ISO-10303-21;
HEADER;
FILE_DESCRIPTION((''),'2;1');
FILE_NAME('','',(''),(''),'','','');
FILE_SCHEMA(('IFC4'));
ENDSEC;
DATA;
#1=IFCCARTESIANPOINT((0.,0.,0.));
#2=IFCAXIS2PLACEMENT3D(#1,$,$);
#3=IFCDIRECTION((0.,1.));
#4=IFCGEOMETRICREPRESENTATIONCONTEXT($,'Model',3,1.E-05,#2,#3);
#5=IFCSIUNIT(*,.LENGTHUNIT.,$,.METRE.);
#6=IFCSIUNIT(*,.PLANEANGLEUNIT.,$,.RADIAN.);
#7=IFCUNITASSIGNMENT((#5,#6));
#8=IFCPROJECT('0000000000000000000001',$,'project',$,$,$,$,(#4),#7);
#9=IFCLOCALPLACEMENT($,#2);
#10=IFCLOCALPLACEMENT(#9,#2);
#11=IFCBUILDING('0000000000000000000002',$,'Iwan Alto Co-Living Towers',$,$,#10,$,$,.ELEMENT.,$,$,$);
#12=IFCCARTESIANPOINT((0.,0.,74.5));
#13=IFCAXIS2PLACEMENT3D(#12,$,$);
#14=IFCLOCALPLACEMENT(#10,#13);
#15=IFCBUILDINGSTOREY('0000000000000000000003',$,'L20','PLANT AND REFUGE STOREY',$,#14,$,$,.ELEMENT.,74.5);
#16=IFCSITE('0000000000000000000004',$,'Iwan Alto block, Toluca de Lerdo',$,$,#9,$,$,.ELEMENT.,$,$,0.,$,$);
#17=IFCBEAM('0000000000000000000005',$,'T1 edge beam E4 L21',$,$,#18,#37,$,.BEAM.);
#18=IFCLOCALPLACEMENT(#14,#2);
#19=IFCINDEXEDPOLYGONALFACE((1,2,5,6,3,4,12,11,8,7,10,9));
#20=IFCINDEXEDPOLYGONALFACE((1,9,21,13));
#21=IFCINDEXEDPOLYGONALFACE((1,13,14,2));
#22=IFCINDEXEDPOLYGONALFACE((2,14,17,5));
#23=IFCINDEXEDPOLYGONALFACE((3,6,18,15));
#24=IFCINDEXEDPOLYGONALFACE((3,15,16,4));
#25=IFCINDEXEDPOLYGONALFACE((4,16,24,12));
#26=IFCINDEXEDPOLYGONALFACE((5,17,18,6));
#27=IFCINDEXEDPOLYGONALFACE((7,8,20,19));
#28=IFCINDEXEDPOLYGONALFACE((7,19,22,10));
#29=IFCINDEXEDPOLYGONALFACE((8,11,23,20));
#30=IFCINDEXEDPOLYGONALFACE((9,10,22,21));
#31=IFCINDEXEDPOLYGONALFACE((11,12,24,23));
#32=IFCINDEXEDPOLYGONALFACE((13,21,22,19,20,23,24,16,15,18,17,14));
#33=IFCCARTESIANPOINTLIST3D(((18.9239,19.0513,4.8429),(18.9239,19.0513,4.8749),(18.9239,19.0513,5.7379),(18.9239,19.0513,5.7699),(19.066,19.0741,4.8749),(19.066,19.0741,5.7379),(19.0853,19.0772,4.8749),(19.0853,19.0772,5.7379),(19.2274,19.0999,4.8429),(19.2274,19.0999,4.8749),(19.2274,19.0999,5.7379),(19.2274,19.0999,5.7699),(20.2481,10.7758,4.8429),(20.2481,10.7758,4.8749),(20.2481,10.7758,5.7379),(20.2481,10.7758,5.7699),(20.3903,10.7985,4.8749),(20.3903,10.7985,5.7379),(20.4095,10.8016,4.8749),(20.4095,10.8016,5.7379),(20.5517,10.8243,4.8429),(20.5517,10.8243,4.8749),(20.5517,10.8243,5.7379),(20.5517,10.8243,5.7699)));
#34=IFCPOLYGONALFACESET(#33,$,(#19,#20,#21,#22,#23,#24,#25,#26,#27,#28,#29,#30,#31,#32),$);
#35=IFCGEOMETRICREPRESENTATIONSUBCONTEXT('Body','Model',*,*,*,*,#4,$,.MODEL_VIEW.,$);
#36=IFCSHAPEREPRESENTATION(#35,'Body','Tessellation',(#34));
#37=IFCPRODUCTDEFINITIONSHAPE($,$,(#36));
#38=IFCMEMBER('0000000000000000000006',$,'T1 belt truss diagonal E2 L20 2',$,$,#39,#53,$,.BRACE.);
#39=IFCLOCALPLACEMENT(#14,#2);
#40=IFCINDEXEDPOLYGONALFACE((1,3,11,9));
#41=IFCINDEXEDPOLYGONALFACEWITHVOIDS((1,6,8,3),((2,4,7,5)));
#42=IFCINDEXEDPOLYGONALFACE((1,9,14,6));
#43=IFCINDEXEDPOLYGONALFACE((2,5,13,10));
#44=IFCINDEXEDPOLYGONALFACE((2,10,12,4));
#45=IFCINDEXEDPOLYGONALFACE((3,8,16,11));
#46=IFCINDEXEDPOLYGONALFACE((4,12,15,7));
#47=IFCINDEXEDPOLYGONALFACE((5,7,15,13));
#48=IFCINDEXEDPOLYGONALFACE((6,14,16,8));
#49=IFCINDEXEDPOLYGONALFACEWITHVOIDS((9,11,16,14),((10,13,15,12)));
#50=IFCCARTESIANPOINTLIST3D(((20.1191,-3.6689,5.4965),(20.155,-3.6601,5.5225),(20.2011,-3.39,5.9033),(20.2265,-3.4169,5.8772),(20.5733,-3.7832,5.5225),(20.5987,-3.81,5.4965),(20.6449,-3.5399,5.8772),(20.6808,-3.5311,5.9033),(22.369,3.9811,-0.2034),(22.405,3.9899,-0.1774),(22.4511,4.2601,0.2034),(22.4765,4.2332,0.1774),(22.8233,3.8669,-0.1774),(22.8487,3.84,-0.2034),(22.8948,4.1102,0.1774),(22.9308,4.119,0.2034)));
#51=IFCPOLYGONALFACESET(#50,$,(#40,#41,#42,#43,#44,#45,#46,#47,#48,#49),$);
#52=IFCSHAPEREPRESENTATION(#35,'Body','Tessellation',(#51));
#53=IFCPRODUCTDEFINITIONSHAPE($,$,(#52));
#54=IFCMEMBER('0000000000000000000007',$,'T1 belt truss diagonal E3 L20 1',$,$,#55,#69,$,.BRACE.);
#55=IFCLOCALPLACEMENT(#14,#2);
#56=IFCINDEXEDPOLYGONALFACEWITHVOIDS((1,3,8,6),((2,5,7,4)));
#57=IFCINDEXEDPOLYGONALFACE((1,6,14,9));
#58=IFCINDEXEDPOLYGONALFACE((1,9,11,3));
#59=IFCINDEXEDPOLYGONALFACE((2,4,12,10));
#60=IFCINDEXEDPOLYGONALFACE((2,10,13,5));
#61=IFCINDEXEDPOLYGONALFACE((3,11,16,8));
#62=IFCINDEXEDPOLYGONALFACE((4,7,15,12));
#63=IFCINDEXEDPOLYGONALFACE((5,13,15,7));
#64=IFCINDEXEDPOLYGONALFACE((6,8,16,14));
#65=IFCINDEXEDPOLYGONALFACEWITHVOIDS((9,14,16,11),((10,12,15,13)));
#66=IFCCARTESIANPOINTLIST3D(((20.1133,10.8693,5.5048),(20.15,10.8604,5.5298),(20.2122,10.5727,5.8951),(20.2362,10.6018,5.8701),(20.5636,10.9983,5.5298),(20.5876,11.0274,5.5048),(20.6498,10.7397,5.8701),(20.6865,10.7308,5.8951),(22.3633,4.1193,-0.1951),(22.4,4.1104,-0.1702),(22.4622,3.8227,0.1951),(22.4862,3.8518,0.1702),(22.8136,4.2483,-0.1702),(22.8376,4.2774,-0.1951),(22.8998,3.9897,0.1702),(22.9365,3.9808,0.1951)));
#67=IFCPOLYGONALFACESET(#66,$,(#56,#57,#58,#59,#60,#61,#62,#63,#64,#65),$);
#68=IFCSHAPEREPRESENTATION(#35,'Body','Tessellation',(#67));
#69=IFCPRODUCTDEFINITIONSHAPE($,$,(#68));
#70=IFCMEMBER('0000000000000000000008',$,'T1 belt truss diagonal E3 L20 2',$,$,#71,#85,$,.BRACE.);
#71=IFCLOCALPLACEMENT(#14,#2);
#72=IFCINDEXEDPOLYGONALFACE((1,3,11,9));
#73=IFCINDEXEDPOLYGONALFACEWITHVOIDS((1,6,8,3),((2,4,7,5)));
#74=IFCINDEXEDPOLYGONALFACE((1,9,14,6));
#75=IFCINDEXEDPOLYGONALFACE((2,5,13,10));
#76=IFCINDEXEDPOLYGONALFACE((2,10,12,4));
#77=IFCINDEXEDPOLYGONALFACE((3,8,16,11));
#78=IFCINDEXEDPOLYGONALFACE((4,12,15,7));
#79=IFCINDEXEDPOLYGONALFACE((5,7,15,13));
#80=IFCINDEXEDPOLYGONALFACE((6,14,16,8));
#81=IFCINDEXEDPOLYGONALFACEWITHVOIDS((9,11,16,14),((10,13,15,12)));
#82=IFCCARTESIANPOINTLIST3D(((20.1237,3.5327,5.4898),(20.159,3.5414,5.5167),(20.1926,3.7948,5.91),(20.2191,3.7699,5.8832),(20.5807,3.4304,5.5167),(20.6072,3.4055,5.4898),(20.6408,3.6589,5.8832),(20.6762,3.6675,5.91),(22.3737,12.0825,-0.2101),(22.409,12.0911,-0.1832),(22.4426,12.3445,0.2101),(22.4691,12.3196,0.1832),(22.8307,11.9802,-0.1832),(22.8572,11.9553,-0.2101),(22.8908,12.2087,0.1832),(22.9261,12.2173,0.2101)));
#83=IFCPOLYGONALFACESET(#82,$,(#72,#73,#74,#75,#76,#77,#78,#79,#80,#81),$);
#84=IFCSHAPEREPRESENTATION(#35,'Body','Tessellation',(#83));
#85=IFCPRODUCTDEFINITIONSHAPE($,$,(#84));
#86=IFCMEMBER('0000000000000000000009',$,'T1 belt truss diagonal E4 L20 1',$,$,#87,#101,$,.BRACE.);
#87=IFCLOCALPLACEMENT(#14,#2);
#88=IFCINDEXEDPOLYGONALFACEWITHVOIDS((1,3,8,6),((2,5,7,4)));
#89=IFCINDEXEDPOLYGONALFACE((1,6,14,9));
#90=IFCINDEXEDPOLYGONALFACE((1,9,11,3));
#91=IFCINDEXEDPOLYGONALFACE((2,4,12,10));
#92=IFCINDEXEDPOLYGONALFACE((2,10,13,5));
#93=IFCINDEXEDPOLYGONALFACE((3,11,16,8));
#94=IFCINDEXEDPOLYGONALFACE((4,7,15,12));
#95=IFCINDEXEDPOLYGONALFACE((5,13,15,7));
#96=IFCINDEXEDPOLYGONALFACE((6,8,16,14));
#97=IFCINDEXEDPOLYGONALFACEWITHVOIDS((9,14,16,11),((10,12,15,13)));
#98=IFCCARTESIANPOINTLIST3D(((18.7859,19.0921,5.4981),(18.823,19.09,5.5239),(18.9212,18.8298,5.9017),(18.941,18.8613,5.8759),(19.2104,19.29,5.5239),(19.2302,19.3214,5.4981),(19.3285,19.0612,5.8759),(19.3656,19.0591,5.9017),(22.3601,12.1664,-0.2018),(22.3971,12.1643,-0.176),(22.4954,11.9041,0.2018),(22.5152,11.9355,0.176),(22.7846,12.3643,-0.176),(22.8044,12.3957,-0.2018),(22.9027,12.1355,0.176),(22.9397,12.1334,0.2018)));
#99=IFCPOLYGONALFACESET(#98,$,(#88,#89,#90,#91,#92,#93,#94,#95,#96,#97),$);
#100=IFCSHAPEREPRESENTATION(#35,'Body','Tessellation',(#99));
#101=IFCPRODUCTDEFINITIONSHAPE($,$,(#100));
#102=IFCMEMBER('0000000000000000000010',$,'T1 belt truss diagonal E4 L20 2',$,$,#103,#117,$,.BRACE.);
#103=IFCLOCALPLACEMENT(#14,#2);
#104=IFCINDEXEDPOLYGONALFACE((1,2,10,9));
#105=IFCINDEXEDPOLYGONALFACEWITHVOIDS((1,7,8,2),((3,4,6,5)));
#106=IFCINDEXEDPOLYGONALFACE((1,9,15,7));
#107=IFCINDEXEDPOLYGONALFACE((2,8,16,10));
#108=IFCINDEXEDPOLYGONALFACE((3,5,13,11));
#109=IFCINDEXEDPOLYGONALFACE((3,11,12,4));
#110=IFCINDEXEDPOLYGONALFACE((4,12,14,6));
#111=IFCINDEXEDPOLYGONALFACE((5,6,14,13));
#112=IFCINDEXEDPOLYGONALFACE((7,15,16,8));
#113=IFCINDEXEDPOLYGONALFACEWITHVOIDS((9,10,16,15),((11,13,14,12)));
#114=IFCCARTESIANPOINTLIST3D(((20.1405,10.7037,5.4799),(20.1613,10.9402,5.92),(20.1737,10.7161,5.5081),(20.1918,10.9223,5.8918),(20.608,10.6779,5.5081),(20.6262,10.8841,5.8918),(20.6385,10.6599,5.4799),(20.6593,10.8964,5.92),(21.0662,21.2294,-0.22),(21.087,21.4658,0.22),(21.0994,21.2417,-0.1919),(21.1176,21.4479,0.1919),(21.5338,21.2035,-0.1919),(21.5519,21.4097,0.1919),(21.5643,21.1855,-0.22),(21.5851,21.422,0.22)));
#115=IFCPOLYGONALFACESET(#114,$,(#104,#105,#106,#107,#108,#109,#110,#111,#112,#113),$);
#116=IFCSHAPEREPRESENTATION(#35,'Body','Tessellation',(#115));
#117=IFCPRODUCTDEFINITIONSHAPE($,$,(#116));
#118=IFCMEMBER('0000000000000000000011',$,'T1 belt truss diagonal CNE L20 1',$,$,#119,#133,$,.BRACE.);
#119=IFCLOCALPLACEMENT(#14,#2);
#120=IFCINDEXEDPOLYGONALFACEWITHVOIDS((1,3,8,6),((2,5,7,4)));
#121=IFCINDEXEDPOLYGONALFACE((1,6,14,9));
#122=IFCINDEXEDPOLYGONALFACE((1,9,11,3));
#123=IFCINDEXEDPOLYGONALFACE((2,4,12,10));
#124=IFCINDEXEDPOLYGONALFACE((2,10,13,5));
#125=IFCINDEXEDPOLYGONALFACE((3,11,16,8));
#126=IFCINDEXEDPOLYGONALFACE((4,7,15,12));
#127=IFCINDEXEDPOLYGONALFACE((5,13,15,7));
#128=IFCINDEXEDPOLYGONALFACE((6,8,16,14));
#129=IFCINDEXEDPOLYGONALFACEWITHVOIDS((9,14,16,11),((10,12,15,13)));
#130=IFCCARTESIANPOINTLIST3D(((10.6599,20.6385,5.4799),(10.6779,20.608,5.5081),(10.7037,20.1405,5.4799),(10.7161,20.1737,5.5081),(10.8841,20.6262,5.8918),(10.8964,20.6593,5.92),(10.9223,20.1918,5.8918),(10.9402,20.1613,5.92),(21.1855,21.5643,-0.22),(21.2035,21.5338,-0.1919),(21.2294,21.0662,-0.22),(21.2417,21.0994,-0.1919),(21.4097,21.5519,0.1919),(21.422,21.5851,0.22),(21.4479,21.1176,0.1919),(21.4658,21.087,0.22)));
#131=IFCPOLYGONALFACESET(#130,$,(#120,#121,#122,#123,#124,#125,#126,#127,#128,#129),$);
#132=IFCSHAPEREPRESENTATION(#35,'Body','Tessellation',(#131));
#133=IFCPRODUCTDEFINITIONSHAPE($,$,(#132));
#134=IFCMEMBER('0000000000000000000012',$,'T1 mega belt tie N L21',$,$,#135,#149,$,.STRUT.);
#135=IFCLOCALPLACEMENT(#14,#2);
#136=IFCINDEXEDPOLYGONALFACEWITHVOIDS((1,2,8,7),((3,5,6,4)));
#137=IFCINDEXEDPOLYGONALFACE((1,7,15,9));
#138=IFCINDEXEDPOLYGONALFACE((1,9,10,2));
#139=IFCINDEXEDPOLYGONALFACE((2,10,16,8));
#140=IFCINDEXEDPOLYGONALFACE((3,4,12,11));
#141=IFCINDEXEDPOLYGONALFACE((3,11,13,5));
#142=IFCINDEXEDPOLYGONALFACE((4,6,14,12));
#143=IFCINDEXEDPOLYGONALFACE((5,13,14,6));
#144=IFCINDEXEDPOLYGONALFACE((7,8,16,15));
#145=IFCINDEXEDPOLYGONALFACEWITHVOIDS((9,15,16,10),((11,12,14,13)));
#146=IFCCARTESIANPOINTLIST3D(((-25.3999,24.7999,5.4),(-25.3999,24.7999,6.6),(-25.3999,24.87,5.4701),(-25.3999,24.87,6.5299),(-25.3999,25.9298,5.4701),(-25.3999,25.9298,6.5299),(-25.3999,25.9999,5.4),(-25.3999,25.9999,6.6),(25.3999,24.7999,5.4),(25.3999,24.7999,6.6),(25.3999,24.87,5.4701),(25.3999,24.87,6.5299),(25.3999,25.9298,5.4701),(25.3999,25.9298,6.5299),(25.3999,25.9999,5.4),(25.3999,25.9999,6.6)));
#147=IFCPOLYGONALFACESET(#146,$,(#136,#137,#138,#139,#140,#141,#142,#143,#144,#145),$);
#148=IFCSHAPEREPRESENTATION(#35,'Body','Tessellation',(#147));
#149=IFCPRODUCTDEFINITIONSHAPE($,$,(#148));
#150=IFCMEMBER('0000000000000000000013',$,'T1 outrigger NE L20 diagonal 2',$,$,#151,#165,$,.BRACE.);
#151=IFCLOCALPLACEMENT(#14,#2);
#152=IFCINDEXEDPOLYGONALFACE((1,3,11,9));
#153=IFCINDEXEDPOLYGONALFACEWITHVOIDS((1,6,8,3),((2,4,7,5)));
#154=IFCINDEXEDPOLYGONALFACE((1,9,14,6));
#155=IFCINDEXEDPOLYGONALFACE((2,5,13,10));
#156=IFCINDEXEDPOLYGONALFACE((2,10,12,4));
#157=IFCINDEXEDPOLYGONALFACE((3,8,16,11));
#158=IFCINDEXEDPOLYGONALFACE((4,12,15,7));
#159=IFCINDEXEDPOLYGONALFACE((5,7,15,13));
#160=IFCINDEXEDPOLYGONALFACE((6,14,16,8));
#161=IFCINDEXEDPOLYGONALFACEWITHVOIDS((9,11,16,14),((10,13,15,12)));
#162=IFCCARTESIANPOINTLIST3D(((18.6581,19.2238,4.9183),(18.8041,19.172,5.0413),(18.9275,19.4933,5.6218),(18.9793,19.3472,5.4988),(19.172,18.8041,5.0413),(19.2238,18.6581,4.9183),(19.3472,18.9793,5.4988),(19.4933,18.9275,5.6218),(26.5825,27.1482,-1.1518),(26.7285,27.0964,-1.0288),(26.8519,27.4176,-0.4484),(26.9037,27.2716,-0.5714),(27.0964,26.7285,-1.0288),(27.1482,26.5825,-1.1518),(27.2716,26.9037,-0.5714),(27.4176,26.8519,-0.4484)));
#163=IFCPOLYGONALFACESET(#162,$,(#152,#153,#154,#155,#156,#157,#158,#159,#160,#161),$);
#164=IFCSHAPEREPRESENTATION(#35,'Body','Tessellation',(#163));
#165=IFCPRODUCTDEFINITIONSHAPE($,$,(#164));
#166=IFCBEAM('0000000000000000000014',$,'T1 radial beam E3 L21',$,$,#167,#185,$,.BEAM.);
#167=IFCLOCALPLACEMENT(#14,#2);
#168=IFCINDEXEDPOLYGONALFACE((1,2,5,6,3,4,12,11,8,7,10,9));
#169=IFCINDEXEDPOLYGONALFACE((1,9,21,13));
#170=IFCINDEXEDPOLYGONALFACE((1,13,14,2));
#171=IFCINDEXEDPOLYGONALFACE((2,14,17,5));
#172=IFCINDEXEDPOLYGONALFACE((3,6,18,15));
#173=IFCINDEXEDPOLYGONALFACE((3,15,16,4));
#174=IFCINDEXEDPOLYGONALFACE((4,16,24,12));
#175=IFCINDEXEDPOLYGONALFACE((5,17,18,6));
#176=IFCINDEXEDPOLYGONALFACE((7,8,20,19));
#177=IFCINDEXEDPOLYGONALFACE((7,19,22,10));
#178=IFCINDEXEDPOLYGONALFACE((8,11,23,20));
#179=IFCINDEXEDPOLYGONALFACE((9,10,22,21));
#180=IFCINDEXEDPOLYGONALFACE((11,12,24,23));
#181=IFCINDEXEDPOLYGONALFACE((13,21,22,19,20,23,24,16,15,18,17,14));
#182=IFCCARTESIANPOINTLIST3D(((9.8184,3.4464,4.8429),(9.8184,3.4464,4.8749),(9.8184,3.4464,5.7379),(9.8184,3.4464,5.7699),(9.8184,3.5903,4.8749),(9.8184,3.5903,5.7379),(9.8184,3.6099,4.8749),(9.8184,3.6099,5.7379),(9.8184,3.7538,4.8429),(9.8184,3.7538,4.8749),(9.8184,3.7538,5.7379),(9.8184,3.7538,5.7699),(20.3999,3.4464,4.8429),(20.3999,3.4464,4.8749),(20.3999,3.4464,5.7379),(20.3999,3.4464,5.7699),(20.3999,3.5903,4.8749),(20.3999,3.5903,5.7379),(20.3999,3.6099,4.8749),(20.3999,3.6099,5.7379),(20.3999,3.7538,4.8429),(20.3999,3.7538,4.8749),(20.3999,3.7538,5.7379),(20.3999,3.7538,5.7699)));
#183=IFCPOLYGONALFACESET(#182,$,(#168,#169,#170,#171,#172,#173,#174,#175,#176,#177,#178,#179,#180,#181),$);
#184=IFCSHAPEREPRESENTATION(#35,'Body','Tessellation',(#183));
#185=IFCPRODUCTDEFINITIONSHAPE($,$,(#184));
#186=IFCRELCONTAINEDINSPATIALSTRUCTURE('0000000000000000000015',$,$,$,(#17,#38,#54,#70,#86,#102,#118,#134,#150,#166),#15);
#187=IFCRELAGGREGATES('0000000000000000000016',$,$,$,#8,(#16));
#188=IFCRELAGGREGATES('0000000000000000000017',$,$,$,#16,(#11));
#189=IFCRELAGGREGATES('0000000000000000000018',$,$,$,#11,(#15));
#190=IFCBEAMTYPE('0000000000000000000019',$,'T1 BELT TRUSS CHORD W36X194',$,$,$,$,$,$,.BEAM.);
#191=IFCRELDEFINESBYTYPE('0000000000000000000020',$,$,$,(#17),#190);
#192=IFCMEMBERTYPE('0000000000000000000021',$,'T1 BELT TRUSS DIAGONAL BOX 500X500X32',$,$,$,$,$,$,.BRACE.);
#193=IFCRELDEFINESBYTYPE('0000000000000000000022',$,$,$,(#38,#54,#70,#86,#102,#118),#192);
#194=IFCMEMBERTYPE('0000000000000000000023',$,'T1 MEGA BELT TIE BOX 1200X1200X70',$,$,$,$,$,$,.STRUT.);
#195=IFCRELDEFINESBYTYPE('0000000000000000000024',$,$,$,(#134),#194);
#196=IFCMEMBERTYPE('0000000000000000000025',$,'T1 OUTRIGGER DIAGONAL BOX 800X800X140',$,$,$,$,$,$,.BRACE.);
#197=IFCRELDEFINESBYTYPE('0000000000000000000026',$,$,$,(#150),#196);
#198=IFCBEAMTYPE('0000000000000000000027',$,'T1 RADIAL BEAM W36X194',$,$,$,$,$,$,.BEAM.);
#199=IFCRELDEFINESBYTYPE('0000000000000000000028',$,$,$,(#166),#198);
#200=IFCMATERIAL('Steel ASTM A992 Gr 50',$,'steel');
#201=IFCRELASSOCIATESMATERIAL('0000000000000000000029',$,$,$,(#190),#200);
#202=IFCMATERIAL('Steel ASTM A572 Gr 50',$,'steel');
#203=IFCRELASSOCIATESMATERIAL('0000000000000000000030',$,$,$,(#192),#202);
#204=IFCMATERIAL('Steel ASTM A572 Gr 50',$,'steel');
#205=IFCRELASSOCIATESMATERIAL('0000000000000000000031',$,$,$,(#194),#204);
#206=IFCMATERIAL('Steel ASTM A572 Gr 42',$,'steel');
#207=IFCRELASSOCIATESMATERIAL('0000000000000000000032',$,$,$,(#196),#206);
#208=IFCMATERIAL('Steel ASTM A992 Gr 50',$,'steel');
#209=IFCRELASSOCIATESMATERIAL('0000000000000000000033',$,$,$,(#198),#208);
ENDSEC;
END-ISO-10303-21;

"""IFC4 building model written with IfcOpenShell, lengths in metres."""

from ifc_helpers import new_model, si_unit, direction, frame, origin, origin_2d, place, context, subcontext, project, spatial, hollow_rectangle, i_section, extrude, material, material_profile, profile_set, type_object, element, save


model = new_model("IFC4")

# Units and contexts
model_context = context("Model", 3, precision=1e-05, world=origin(), true_north=direction((0.0, 1.0)))
body_context = subcontext(model_context, "Body", "Model", "MODEL_VIEW")
ifc_project = project(units=[si_unit("LENGTHUNIT", "METRE"), si_unit("PLANEANGLEUNIT", "RADIAN")], contexts=[model_context])

# Site, building, storey
site_placement = place(None, origin())
site = spatial("IfcSite", under=ifc_project, at=site_placement, Name="Iwan Alto block, Toluca de Lerdo", CompositionType="ELEMENT", RefElevation=0.0)
building_placement = place(site_placement, origin())
building = spatial("IfcBuilding", under=site, at=building_placement, Name="Iwan Alto Co-Living Towers", CompositionType="ELEMENT")
storey_placement = place(building_placement, frame((0.0, 0.0, 74.5)))
storey = spatial("IfcBuildingStorey", under=building, at=storey_placement, Name="L20", Description="PLANT AND REFUGE STOREY", CompositionType="ELEMENT", Elevation=74.5)

# Beam
ifc_material_1 = material(Name="Steel ASTM A992 Gr 50", Category="steel")
ifc_material_profile_1 = material_profile(ifc_material_1, i_section(OverallWidth=0.3074, OverallDepth=0.927, WebThickness=0.0195, FlangeThickness=0.032, at=origin_2d()), Name="W36X194")
ifc_profile_set_1 = profile_set([ifc_material_profile_1], Name="Steel ASTM A992 Gr 50")
beam_type_1 = type_object("IfcBeamType", Name="T1 BELT TRUSS CHORD W36X194", PredefinedType="BEAM", material=ifc_profile_set_1)
beam_1_placement = place(storey_placement, frame((20.3999, 10.8, 5.3064), z_axis=(-0.158004, 0.987438, 0.0), x_axis=(-0.987438, -0.158004, 0.0)))
element("IfcBeam", 1, at=beam_1_placement, inside=storey, type_object=beam_type_1, Name="T1 edge beam E4 L21", PredefinedType="BEAM", context=body_context, shape_type="SweptSolid", body=[
    extrude(i_section(OverallWidth=0.3074, OverallDepth=0.927, WebThickness=0.0195, FlangeThickness=0.032, at=origin_2d()), origin(), (0.0, 0.0, 1.0), 8.3809),
])

# Members
ifc_material_2 = material(Name="Steel ASTM A572 Gr 50", Category="steel")
ifc_material_profile_2 = material_profile(ifc_material_2, hollow_rectangle(XDim=0.5, YDim=0.5, WallThickness=0.032, at=origin_2d()), Name="BOX 500X500X32")
ifc_profile_set_2 = profile_set([ifc_material_profile_2], Name="Steel ASTM A572 Gr 50")
member_type_1 = type_object("IfcMemberType", Name="T1 BELT TRUSS DIAGONAL BOX 500X500X32", PredefinedType="BRACE", material=ifc_profile_set_2)
member_1_placement = place(storey_placement, frame((22.6499, 4.05, 0.0), z_axis=(-0.229548, -0.780478, 0.581517), x_axis=(0.959367, -0.282161, 0.0)))
element("IfcMember", 2, at=member_1_placement, inside=storey, type_object=member_type_1, Name="T1 belt truss diagonal E2 L20 2", PredefinedType="BRACE", context=body_context, shape_type="SweptSolid", body=[
    extrude(hollow_rectangle(XDim=0.5, YDim=0.5, WallThickness=0.032, at=origin_2d()), origin(), (0.0, 0.0, 1.0), 9.8018),
])
member_2_placement = place(storey_placement, frame((22.6499, 4.05, 0.0), z_axis=(-0.246799, 0.740398, 0.62522), x_axis=(-0.948683, -0.316228, 0.0)))
element("IfcMember", 3, at=member_2_placement, inside=storey, type_object=member_type_1, Name="T1 belt truss diagonal E3 L20 1", PredefinedType="BRACE", context=body_context, shape_type="SweptSolid", body=[
    extrude(hollow_rectangle(XDim=0.5, YDim=0.5, WallThickness=0.032, at=origin_2d()), origin(), (0.0, 0.0, 1.0), 9.1167),
])
member_3_placement = place(storey_placement, frame((22.6499, 12.1499, 0.0), z_axis=(-0.213897, -0.81279, 0.541868), x_axis=(0.967073, -0.254499, 0.0)))
element("IfcMember", 4, at=member_3_placement, inside=storey, type_object=member_type_1, Name="T1 belt truss diagonal E3 L20 2", PredefinedType="BRACE", context=body_context, shape_type="SweptSolid", body=[
    extrude(hollow_rectangle(XDim=0.5, YDim=0.5, WallThickness=0.032, at=origin_2d()), origin(), (0.0, 0.0, 1.0), 10.519),
])
member_4_placement = place(storey_placement, frame((22.6499, 12.1499, 0.0), z_axis=(-0.37017, 0.71728, 0.590325), x_axis=(-0.88864, -0.458605, 0.0)))
element("IfcMember", 5, at=member_4_placement, inside=storey, type_object=member_type_1, Name="T1 belt truss diagonal E4 L20 1", PredefinedType="BRACE", context=body_context, shape_type="SweptSolid", body=[
    extrude(hollow_rectangle(XDim=0.5, YDim=0.5, WallThickness=0.032, at=origin_2d()), origin(), (0.0, 0.0, 1.0), 9.6555),
])
for number, where, z_axis, x_axis, name in (
    (6, (21.3257, 21.3257, 0.0), (-0.077112, -0.876724, 0.474773), (0.996154, -0.087617, 0.0), "T1 belt truss diagonal E4 L20 2"),
    (7, (21.3257, 21.3257, 0.0), (-0.876724, -0.077112, 0.474773), (0.087617, -0.996154, 0.0), "T1 belt truss diagonal CNE L20 1"),
):
    element("IfcMember", number, at=place(storey_placement, frame(where, z_axis=z_axis, x_axis=x_axis)), inside=storey, type_object=member_type_1, Name=name, PredefinedType="BRACE", context=body_context, shape_type="SweptSolid", body=[
        extrude(hollow_rectangle(XDim=0.5, YDim=0.5, WallThickness=0.032, at=origin_2d()), origin(), (0.0, 0.0, 1.0), 12.0056),
    ])
ifc_material_3 = material(Name="Steel ASTM A572 Gr 50", Category="steel")
ifc_material_profile_3 = material_profile(ifc_material_3, hollow_rectangle(XDim=1.2, YDim=1.2, WallThickness=0.0701, at=origin_2d()), Name="BOX 1200X1200X70")
ifc_profile_set_3 = profile_set([ifc_material_profile_3], Name="Steel ASTM A572 Gr 50")
member_type_2 = type_object("IfcMemberType", Name="T1 MEGA BELT TIE BOX 1200X1200X70", PredefinedType="STRUT", material=ifc_profile_set_3)
member_5_placement = place(storey_placement, frame((25.3999, 25.3999, 6.0), z_axis=(-1.0, 0.0, 0.0), x_axis=(0.0, -1.0, 0.0)))
element("IfcMember", 8, at=member_5_placement, inside=storey, type_object=member_type_2, Name="T1 mega belt tie N L21", PredefinedType="STRUT", context=body_context, shape_type="SweptSolid", body=[
    extrude(hollow_rectangle(XDim=1.2, YDim=1.2, WallThickness=0.0701, at=origin_2d()), origin(), (0.0, 0.0, 1.0), 50.7998),
])
ifc_material_4 = material(Name="Steel ASTM A572 Gr 42", Category="steel")
ifc_material_profile_4 = material_profile(ifc_material_4, hollow_rectangle(XDim=0.8, YDim=0.8, WallThickness=0.1399, at=origin_2d()), Name="BOX 800X800X140")
ifc_profile_set_4 = profile_set([ifc_material_profile_4], Name="Steel ASTM A572 Gr 42")
member_type_3 = type_object("IfcMemberType", Name="T1 OUTRIGGER DIAGONAL BOX 800X800X140", PredefinedType="BRACE", material=ifc_profile_set_4)
member_6_placement = place(storey_placement, frame((19.0757, 19.0757, 5.27), z_axis=(0.621758, 0.621758, -0.47627), x_axis=(-0.707107, 0.707107, 0.0)))
element("IfcMember", 9, at=member_6_placement, inside=storey, type_object=member_type_3, Name="T1 outrigger NE L20 diagonal 2", PredefinedType="BRACE", context=body_context, shape_type="SweptSolid", body=[
    extrude(hollow_rectangle(XDim=0.8, YDim=0.8, WallThickness=0.1399, at=origin_2d()), origin(), (0.0, 0.0, 1.0), 12.7451),
])

# Beam
ifc_material_5 = material(Name="Steel ASTM A992 Gr 50", Category="steel")
ifc_material_profile_5 = material_profile(ifc_material_5, i_section(OverallWidth=0.3074, OverallDepth=0.927, WebThickness=0.0195, FlangeThickness=0.032, at=origin_2d()), Name="W36X194")
ifc_profile_set_5 = profile_set([ifc_material_profile_5], Name="Steel ASTM A992 Gr 50")
beam_type_2 = type_object("IfcBeamType", Name="T1 RADIAL BEAM W36X194", PredefinedType="BEAM", material=ifc_profile_set_5)
beam_2_placement = place(storey_placement, frame((20.3999, 3.6001, 5.3064), z_axis=(-1.0, 0.0, 0.0), x_axis=(0.0, -1.0, 0.0)))
element("IfcBeam", 10, at=beam_2_placement, inside=storey, type_object=beam_type_2, Name="T1 radial beam E3 L21", PredefinedType="BEAM", context=body_context, shape_type="SweptSolid", body=[
    extrude(i_section(OverallWidth=0.3074, OverallDepth=0.927, WebThickness=0.0195, FlangeThickness=0.032, at=origin_2d()), origin(), (0.0, 0.0, 1.0), 10.5815),
])

save(model, "model.ifc")
